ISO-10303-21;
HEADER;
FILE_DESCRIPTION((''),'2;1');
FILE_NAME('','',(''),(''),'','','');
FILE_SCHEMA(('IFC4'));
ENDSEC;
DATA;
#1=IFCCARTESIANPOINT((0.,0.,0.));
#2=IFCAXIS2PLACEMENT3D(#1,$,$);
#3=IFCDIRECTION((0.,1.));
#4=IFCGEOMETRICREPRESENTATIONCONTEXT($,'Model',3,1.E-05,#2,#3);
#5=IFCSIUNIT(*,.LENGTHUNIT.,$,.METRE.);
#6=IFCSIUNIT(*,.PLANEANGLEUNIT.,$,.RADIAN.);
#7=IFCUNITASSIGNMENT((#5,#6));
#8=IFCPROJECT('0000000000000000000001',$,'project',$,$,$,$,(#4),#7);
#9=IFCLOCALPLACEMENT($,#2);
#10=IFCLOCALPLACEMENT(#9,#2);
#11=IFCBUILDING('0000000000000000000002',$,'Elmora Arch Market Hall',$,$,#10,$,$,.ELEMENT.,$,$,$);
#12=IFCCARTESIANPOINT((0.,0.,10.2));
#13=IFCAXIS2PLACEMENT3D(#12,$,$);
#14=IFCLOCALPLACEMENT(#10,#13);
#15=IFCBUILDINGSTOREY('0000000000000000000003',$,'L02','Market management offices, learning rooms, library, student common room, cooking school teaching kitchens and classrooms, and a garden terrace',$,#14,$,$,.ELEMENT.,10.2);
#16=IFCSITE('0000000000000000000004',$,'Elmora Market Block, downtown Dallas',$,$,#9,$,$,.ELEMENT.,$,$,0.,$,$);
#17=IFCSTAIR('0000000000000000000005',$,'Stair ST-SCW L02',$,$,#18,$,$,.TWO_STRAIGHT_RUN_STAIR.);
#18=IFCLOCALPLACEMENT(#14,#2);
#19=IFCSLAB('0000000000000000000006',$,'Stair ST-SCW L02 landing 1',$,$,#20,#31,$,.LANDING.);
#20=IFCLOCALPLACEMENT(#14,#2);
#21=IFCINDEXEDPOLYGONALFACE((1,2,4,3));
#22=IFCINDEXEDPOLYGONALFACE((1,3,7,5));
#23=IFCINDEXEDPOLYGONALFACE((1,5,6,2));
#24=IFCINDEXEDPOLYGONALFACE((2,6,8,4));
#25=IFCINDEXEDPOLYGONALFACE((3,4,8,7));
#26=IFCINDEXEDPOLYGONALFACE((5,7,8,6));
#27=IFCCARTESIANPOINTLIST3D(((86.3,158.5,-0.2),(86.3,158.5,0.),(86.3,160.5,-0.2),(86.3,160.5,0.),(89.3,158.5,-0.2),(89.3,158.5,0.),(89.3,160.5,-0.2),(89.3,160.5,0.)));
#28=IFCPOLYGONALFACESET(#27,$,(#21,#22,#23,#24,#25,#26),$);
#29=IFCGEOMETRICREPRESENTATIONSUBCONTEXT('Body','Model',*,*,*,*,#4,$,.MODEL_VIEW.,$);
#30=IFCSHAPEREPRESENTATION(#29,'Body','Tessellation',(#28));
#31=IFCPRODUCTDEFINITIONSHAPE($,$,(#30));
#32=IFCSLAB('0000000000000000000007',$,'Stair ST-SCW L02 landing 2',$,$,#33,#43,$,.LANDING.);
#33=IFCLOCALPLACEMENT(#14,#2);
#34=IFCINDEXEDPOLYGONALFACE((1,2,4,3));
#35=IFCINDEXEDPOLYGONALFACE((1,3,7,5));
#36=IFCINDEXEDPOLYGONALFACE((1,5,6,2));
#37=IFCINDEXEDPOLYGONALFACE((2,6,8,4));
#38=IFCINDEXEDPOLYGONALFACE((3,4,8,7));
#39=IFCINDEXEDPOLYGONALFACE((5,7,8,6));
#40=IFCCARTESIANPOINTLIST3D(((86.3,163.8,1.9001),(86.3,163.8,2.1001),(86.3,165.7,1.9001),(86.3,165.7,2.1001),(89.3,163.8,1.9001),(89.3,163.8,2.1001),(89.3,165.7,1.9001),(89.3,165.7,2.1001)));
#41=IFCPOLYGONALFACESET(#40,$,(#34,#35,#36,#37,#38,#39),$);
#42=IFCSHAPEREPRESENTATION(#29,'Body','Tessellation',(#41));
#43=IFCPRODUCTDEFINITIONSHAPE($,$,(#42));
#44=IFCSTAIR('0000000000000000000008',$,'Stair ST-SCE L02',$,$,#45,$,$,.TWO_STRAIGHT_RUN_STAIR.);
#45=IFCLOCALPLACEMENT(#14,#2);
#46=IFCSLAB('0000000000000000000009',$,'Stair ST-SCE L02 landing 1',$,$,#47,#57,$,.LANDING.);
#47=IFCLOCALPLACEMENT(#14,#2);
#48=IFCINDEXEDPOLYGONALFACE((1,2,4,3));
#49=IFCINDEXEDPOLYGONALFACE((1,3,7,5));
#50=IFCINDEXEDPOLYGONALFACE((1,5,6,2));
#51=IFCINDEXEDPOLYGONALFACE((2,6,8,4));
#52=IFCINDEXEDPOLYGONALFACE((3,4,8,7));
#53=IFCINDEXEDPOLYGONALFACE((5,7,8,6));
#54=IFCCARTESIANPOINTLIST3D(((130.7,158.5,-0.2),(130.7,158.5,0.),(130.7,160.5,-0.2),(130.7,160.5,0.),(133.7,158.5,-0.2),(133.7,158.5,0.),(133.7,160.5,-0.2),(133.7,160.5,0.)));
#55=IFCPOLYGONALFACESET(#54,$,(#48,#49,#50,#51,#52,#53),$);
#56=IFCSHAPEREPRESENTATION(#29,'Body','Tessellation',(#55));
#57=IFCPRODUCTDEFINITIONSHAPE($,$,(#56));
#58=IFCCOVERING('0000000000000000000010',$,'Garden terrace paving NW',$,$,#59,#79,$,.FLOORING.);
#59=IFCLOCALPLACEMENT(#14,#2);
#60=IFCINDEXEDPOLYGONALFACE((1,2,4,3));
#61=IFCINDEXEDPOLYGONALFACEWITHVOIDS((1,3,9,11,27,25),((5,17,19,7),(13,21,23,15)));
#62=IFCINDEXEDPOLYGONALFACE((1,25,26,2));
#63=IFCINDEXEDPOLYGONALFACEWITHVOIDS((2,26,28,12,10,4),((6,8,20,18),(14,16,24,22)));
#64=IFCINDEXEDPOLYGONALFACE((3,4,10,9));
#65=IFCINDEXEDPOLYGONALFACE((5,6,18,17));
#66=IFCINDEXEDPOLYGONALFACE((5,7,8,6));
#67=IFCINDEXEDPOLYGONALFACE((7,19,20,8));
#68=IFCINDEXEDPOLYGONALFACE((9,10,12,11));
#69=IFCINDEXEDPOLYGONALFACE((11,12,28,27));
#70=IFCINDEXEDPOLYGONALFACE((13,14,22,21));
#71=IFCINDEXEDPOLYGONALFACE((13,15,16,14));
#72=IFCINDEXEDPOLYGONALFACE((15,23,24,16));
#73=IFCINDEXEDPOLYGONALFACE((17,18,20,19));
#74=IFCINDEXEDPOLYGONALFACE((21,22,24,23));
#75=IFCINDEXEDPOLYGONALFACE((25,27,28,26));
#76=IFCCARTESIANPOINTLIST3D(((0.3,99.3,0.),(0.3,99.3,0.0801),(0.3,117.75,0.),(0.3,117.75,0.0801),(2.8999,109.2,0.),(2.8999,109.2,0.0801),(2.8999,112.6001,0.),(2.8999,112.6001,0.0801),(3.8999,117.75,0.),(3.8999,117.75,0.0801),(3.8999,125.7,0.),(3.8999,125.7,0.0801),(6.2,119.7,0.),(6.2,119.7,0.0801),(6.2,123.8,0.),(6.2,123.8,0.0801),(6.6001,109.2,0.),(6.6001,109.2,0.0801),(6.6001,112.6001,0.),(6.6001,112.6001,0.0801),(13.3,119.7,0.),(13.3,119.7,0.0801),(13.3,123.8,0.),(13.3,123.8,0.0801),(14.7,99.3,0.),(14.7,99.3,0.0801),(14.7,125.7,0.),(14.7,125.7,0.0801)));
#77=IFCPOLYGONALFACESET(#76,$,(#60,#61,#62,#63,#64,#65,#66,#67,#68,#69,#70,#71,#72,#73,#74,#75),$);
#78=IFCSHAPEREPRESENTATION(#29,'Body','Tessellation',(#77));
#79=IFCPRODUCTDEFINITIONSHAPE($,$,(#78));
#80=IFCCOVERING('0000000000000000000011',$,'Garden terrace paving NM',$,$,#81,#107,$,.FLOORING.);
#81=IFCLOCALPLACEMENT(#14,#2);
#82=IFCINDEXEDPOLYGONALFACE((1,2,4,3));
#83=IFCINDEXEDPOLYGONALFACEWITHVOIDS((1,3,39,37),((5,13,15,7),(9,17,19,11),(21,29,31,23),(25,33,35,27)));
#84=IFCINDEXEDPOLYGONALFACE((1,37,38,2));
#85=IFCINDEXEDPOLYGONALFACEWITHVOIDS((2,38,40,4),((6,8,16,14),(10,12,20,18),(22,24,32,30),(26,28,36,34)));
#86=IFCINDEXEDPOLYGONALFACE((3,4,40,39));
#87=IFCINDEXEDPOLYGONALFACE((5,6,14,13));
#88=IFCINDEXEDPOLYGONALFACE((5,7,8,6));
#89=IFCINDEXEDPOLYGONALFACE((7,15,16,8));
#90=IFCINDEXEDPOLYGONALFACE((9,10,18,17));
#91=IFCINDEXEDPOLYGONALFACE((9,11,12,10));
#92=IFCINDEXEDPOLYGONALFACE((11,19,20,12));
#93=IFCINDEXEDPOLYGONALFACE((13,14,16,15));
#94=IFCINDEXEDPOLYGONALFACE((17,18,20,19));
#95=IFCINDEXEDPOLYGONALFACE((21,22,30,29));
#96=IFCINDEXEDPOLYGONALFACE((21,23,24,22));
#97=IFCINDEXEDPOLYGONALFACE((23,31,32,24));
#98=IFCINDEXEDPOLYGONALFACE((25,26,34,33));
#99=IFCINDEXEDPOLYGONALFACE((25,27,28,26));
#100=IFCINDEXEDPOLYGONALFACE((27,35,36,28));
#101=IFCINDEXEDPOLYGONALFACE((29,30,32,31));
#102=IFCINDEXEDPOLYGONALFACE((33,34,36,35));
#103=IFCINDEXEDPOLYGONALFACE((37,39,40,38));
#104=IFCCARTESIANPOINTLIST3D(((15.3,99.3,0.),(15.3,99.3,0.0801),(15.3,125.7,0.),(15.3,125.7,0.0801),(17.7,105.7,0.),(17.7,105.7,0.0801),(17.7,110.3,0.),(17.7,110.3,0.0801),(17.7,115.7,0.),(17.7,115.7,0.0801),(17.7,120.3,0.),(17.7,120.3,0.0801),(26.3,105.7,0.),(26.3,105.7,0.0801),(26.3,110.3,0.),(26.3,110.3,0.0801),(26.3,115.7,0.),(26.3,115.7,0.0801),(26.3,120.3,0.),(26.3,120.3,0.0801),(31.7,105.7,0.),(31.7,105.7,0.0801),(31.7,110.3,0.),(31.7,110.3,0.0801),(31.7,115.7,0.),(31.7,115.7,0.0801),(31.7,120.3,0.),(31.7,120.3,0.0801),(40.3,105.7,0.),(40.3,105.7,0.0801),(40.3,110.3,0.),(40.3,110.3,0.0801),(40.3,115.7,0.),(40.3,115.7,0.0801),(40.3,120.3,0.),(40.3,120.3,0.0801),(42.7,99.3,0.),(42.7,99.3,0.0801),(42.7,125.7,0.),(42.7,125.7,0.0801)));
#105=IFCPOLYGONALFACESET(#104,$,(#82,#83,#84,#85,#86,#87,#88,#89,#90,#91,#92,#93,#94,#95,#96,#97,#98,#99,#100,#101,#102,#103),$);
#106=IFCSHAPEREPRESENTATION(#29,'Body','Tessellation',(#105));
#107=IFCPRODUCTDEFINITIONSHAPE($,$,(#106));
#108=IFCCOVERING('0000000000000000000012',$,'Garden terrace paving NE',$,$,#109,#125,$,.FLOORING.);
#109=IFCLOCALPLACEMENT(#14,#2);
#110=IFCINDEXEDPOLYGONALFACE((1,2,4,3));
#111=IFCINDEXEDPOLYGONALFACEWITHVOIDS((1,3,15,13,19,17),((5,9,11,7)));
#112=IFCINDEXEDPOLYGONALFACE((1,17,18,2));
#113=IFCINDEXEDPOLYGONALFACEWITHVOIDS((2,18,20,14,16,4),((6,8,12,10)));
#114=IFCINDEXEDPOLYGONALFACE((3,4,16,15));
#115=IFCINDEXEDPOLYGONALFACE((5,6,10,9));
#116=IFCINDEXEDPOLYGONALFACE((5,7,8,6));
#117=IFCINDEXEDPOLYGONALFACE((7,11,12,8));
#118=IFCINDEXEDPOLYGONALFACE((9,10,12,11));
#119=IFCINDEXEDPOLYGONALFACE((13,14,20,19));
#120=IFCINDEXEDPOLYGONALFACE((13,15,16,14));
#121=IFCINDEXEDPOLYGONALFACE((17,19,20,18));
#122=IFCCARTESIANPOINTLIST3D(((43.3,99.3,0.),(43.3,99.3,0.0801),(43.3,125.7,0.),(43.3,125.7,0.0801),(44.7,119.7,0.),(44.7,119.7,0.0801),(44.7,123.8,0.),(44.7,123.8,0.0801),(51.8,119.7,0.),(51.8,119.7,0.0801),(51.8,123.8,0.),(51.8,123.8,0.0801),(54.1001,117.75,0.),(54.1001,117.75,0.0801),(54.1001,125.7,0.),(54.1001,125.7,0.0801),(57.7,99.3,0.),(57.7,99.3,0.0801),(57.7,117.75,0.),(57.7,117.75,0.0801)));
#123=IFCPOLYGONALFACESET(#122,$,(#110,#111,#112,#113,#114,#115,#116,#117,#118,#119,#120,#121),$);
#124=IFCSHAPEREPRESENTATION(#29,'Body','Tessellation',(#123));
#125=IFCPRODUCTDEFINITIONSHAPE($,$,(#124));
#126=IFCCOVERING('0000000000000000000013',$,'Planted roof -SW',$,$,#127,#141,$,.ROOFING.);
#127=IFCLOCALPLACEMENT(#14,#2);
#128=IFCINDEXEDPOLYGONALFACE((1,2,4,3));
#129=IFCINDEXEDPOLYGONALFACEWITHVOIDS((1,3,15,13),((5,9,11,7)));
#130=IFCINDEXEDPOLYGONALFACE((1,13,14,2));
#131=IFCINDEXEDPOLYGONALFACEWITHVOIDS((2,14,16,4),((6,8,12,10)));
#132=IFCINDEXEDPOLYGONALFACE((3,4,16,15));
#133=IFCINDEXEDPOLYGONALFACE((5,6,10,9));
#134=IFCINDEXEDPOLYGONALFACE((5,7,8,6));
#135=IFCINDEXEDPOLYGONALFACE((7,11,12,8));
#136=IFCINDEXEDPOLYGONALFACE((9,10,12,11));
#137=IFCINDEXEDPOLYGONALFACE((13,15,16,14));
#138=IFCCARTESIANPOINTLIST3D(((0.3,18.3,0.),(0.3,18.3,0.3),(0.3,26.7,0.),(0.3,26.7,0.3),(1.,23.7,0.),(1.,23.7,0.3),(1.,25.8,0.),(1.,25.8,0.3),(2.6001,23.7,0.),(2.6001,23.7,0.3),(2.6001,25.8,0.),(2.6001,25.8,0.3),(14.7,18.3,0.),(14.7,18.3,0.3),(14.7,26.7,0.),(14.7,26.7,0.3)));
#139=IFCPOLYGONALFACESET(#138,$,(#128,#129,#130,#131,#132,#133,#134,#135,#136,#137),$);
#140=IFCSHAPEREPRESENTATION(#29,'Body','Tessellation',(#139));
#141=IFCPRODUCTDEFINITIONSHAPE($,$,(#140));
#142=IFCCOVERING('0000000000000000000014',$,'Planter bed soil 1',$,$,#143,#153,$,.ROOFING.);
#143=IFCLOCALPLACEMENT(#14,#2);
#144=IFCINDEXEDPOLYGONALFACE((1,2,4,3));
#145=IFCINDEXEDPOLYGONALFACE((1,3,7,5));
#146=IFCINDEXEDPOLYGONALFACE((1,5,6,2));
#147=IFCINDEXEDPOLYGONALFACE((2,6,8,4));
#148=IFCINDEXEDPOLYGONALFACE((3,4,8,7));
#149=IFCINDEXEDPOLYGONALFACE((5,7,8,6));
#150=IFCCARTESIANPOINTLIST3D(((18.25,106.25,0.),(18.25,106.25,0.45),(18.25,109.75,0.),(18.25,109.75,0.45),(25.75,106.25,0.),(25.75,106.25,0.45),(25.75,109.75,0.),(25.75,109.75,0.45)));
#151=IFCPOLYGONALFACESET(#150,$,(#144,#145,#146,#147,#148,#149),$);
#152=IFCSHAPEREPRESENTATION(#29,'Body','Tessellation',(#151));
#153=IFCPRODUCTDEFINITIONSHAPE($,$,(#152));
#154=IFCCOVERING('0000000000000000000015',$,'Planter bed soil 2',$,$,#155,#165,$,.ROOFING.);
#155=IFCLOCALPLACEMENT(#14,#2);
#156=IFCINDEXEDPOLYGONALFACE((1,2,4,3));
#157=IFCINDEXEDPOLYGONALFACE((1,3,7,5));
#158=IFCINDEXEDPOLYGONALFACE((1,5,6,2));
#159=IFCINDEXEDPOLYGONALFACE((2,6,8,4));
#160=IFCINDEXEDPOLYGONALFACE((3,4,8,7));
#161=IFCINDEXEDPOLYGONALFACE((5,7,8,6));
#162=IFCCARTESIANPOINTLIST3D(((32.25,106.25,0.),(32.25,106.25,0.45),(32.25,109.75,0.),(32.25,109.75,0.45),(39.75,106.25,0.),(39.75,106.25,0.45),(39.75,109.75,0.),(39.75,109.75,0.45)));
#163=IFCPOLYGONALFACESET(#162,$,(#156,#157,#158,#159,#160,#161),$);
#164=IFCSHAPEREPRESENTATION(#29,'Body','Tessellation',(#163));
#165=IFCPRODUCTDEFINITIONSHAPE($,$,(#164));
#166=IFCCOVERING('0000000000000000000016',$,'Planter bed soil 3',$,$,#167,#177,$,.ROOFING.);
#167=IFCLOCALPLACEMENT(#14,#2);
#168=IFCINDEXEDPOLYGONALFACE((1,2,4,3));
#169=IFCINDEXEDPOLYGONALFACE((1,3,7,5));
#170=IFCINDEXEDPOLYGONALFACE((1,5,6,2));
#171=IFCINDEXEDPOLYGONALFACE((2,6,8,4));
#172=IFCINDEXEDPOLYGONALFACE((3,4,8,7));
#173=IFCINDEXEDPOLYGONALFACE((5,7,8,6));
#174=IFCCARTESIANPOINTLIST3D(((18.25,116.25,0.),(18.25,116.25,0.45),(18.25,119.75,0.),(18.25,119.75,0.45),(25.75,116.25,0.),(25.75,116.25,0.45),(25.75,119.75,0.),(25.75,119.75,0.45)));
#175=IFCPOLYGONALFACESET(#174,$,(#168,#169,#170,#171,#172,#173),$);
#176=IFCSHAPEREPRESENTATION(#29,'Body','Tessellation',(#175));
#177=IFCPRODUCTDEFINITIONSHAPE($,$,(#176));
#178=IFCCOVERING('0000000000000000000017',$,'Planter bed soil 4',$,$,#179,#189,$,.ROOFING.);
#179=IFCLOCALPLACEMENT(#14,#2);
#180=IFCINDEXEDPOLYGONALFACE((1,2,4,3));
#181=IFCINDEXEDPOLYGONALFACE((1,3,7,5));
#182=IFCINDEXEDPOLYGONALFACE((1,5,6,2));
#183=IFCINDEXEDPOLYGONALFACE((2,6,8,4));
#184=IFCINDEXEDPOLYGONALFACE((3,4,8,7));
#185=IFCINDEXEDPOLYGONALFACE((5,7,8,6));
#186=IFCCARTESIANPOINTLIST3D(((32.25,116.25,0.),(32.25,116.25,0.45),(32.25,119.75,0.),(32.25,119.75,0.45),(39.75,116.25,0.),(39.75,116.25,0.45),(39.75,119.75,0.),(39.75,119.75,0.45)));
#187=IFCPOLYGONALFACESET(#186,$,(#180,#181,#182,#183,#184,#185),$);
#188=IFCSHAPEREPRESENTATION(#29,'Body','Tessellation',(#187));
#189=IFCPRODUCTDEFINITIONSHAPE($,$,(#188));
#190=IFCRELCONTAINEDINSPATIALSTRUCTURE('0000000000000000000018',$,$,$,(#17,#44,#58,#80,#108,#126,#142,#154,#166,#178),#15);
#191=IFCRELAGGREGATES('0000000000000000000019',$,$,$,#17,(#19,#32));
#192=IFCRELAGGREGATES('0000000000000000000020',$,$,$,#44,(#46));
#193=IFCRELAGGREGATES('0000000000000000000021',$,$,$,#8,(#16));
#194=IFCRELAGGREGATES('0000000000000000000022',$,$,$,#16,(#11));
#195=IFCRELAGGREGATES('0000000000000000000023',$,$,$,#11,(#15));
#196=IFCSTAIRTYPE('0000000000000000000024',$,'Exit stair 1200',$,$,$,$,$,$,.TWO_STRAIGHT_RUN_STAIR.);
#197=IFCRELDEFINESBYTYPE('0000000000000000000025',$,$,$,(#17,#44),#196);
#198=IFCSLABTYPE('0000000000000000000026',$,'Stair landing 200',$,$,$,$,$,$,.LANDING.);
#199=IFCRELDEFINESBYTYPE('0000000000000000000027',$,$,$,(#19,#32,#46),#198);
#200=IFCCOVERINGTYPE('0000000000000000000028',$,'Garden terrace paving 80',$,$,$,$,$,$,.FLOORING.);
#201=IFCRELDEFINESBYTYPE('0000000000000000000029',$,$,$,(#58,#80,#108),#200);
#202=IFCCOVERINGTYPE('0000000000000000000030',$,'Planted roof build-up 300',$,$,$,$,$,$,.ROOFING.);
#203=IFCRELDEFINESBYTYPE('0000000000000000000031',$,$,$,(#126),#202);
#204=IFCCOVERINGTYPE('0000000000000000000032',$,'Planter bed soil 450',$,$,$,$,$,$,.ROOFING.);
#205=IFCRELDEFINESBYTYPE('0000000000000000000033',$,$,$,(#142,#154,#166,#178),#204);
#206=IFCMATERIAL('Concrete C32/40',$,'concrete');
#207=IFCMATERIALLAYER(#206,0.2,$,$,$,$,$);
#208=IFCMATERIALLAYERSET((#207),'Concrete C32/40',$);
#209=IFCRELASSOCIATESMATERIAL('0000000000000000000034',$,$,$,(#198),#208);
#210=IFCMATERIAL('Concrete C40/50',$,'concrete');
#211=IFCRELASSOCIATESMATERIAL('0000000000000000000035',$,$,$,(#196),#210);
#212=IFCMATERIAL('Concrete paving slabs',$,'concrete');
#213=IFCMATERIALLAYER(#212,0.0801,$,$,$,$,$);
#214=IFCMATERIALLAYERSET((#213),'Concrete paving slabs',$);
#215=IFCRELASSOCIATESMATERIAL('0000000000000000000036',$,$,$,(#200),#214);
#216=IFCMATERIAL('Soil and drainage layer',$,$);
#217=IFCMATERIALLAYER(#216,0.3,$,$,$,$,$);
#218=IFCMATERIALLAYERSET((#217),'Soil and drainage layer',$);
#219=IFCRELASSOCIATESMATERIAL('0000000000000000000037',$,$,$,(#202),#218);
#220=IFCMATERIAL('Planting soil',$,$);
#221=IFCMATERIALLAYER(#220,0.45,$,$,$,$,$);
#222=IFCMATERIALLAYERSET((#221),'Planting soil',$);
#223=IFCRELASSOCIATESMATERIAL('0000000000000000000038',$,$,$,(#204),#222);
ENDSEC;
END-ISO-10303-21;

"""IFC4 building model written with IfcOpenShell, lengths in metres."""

from ifc_helpers import new_model, si_unit, direction, frame, origin, place, context, subcontext, project, spatial, polyline, outline, extrude, material, layer, layer_set, type_object, element, aggregate, save


model = new_model("IFC4")

# Units and contexts
model_context = context("Model", 3, precision=1e-05, world=origin(), true_north=direction((0.0, 1.0)))
body_context = subcontext(model_context, "Body", "Model", "MODEL_VIEW")
ifc_project = project(units=[si_unit("LENGTHUNIT", "METRE"), si_unit("PLANEANGLEUNIT", "RADIAN")], contexts=[model_context])

# Site, building, storey
site_placement = place(None, origin())
site = spatial("IfcSite", under=ifc_project, at=site_placement, Name="Elmora Market Block, downtown Dallas", CompositionType="ELEMENT", RefElevation=0.0)
building_placement = place(site_placement, origin())
building = spatial("IfcBuilding", under=site, at=building_placement, Name="Elmora Arch Market Hall", CompositionType="ELEMENT")
storey_placement = place(building_placement, frame((0.0, 0.0, 10.2)))
storey = spatial("IfcBuildingStorey", under=building, at=storey_placement, Name="L02", Description="Market management offices, learning rooms, library, student common room, cooking school teaching kitchens and classrooms, and a garden terrace", CompositionType="ELEMENT", Elevation=10.2)

# Shared definitions
ifc_material_1 = material(Name="Concrete C32/40", Category="concrete")
ifc_layer_1 = layer(ifc_material_1, 0.2)
ifc_layer_set_1 = layer_set([ifc_layer_1], Name="Concrete C32/40")
slab_type_1 = type_object("IfcSlabType", Name="Stair landing 200", PredefinedType="LANDING", material=ifc_layer_set_1)

# Shared definitions
ifc_material_2 = material(Name="Concrete C40/50", Category="concrete")
stair_type = type_object("IfcStairType", Name="Exit stair 1200", PredefinedType="TWO_STRAIGHT_RUN_STAIR", material=ifc_material_2)

# Stair, slabs
stair_1_placement = place(storey_placement, origin())
stair_1 = element("IfcStair", 1, at=stair_1_placement, inside=storey, type_object=stair_type, Name="Stair ST-SCW L02", PredefinedType="TWO_STRAIGHT_RUN_STAIR")
slab_1_placement = place(storey_placement, frame((0.0, 0.0, -0.2)))
slab_1 = element("IfcSlab", 2, at=slab_1_placement, type_object=slab_type_1, Name="Stair ST-SCW L02 landing 1", PredefinedType="LANDING", context=body_context, shape_type="SweptSolid", body=[
    extrude(outline(polyline([(86.3, 158.5), (89.3, 158.5), (89.3, 160.5), (86.3, 160.5), (86.3, 158.5)])), origin(), (0.0, 0.0, 1.0), 0.2),
])
slab_2_placement = place(storey_placement, frame((0.0, 0.0, 1.9001)))
slab_2 = element("IfcSlab", 3, at=slab_2_placement, type_object=slab_type_1, Name="Stair ST-SCW L02 landing 2", PredefinedType="LANDING", context=body_context, shape_type="SweptSolid", body=[
    extrude(outline(polyline([(86.3, 163.8), (89.3, 163.8), (89.3, 165.7), (86.3, 165.7), (86.3, 163.8)])), origin(), (0.0, 0.0, 1.0), 0.2),
])
aggregate(stair_1, [slab_1, slab_2])

# Stair, slab
stair_2_placement = place(storey_placement, origin())
stair_2 = element("IfcStair", 4, at=stair_2_placement, inside=storey, type_object=stair_type, Name="Stair ST-SCE L02", PredefinedType="TWO_STRAIGHT_RUN_STAIR")
slab_3_placement = place(storey_placement, frame((0.0, 0.0, -0.2)))
slab_3 = element("IfcSlab", 5, at=slab_3_placement, type_object=slab_type_1, Name="Stair ST-SCE L02 landing 1", PredefinedType="LANDING", context=body_context, shape_type="SweptSolid", body=[
    extrude(outline(polyline([(130.7, 158.5), (133.7, 158.5), (133.7, 160.5), (130.7, 160.5), (130.7, 158.5)])), origin(), (0.0, 0.0, 1.0), 0.2),
])
aggregate(stair_2, [slab_3])

# Coverings
ifc_material_3 = material(Name="Concrete paving slabs", Category="concrete")
ifc_layer_2 = layer(ifc_material_3, 0.0801)
ifc_layer_set_2 = layer_set([ifc_layer_2], Name="Concrete paving slabs")
covering_type_1 = type_object("IfcCoveringType", Name="Garden terrace paving 80", PredefinedType="FLOORING", material=ifc_layer_set_2)
covering_1_placement = place(storey_placement, origin())
element("IfcCovering", 6, at=covering_1_placement, inside=storey, type_object=covering_type_1, Name="Garden terrace paving NW", PredefinedType="FLOORING", context=body_context, shape_type="SweptSolid", body=[
    extrude(outline(polyline([(0.3, 99.3), (0.3, 117.75), (3.8999, 117.75), (3.8999, 125.7), (14.7, 125.7), (14.7, 99.3), (0.3, 99.3)]), holes=[polyline([(2.8999, 109.2), (6.6001, 109.2), (6.6001, 112.6001), (2.8999, 112.6001), (2.8999, 109.2)]), polyline([(6.2, 123.8), (6.2, 119.7), (13.3, 119.7), (13.3, 123.8), (6.2, 123.8)])]), origin(), (0.0, 0.0, 1.0), 0.0801),
])
covering_2_placement = place(storey_placement, origin())
element("IfcCovering", 7, at=covering_2_placement, inside=storey, type_object=covering_type_1, Name="Garden terrace paving NM", PredefinedType="FLOORING", context=body_context, shape_type="SweptSolid", body=[
    extrude(outline(polyline([(15.3, 99.3), (15.3, 125.7), (42.7, 125.7), (42.7, 99.3), (15.3, 99.3)]), holes=[polyline([(17.7, 110.3), (17.7, 105.7), (26.3, 105.7), (26.3, 110.3), (17.7, 110.3)]), polyline([(31.7, 110.3), (31.7, 105.7), (40.3, 105.7), (40.3, 110.3), (31.7, 110.3)]), polyline([(17.7, 120.3), (17.7, 115.7), (26.3, 115.7), (26.3, 120.3), (17.7, 120.3)]), polyline([(31.7, 120.3), (31.7, 115.7), (40.3, 115.7), (40.3, 120.3), (31.7, 120.3)])]), origin(), (0.0, 0.0, 1.0), 0.0801),
])
covering_3_placement = place(storey_placement, origin())
element("IfcCovering", 8, at=covering_3_placement, inside=storey, type_object=covering_type_1, Name="Garden terrace paving NE", PredefinedType="FLOORING", context=body_context, shape_type="SweptSolid", body=[
    extrude(outline(polyline([(43.3, 99.3), (43.3, 125.7), (54.1001, 125.7), (54.1001, 117.75), (57.7, 117.75), (57.7, 99.3), (43.3, 99.3)]), holes=[polyline([(44.7, 123.8), (44.7, 119.7), (51.8, 119.7), (51.8, 123.8), (44.7, 123.8)])]), origin(), (0.0, 0.0, 1.0), 0.0801),
])
ifc_material_4 = material(Name="Soil and drainage layer")
ifc_layer_3 = layer(ifc_material_4, 0.3)
ifc_layer_set_3 = layer_set([ifc_layer_3], Name="Soil and drainage layer")
covering_type_2 = type_object("IfcCoveringType", Name="Planted roof build-up 300", PredefinedType="ROOFING", material=ifc_layer_set_3)
covering_4_placement = place(storey_placement, origin())
element("IfcCovering", 9, at=covering_4_placement, inside=storey, type_object=covering_type_2, Name="Planted roof -SW", PredefinedType="ROOFING", context=body_context, shape_type="SweptSolid", body=[
    extrude(outline(polyline([(0.3, 18.3), (0.3, 26.7), (14.7, 26.7), (14.7, 18.3), (0.3, 18.3)]), holes=[polyline([(2.6001, 25.8), (1.0, 25.8), (1.0, 23.7), (2.6001, 23.7), (2.6001, 25.8)])]), origin(), (0.0, 0.0, 1.0), 0.3),
])
ifc_material_5 = material(Name="Planting soil")
ifc_layer_4 = layer(ifc_material_5, 0.45)
ifc_layer_set_4 = layer_set([ifc_layer_4], Name="Planting soil")
covering_type_3 = type_object("IfcCoveringType", Name="Planter bed soil 450", PredefinedType="ROOFING", material=ifc_layer_set_4)
covering_5_placement = place(storey_placement, origin())
element("IfcCovering", 10, at=covering_5_placement, inside=storey, type_object=covering_type_3, Name="Planter bed soil 1", PredefinedType="ROOFING", context=body_context, shape_type="SweptSolid", body=[
    extrude(outline(polyline([(25.75, 106.25), (25.75, 109.75), (18.25, 109.75), (18.25, 106.25), (25.75, 106.25)])), origin(), (0.0, 0.0, 1.0), 0.45),
])
covering_6_placement = place(storey_placement, origin())
element("IfcCovering", 11, at=covering_6_placement, inside=storey, type_object=covering_type_3, Name="Planter bed soil 2", PredefinedType="ROOFING", context=body_context, shape_type="SweptSolid", body=[
    extrude(outline(polyline([(39.75, 106.25), (39.75, 109.75), (32.25, 109.75), (32.25, 106.25), (39.75, 106.25)])), origin(), (0.0, 0.0, 1.0), 0.45),
])
covering_7_placement = place(storey_placement, origin())
element("IfcCovering", 12, at=covering_7_placement, inside=storey, type_object=covering_type_3, Name="Planter bed soil 3", PredefinedType="ROOFING", context=body_context, shape_type="SweptSolid", body=[
    extrude(outline(polyline([(25.75, 116.25), (25.75, 119.75), (18.25, 119.75), (18.25, 116.25), (25.75, 116.25)])), origin(), (0.0, 0.0, 1.0), 0.45),
])
covering_8_placement = place(storey_placement, origin())
element("IfcCovering", 13, at=covering_8_placement, inside=storey, type_object=covering_type_3, Name="Planter bed soil 4", PredefinedType="ROOFING", context=body_context, shape_type="SweptSolid", body=[
    extrude(outline(polyline([(39.75, 116.25), (39.75, 119.75), (32.25, 119.75), (32.25, 116.25), (39.75, 116.25)])), origin(), (0.0, 0.0, 1.0), 0.45),
])

save(model, "model.ifc")
